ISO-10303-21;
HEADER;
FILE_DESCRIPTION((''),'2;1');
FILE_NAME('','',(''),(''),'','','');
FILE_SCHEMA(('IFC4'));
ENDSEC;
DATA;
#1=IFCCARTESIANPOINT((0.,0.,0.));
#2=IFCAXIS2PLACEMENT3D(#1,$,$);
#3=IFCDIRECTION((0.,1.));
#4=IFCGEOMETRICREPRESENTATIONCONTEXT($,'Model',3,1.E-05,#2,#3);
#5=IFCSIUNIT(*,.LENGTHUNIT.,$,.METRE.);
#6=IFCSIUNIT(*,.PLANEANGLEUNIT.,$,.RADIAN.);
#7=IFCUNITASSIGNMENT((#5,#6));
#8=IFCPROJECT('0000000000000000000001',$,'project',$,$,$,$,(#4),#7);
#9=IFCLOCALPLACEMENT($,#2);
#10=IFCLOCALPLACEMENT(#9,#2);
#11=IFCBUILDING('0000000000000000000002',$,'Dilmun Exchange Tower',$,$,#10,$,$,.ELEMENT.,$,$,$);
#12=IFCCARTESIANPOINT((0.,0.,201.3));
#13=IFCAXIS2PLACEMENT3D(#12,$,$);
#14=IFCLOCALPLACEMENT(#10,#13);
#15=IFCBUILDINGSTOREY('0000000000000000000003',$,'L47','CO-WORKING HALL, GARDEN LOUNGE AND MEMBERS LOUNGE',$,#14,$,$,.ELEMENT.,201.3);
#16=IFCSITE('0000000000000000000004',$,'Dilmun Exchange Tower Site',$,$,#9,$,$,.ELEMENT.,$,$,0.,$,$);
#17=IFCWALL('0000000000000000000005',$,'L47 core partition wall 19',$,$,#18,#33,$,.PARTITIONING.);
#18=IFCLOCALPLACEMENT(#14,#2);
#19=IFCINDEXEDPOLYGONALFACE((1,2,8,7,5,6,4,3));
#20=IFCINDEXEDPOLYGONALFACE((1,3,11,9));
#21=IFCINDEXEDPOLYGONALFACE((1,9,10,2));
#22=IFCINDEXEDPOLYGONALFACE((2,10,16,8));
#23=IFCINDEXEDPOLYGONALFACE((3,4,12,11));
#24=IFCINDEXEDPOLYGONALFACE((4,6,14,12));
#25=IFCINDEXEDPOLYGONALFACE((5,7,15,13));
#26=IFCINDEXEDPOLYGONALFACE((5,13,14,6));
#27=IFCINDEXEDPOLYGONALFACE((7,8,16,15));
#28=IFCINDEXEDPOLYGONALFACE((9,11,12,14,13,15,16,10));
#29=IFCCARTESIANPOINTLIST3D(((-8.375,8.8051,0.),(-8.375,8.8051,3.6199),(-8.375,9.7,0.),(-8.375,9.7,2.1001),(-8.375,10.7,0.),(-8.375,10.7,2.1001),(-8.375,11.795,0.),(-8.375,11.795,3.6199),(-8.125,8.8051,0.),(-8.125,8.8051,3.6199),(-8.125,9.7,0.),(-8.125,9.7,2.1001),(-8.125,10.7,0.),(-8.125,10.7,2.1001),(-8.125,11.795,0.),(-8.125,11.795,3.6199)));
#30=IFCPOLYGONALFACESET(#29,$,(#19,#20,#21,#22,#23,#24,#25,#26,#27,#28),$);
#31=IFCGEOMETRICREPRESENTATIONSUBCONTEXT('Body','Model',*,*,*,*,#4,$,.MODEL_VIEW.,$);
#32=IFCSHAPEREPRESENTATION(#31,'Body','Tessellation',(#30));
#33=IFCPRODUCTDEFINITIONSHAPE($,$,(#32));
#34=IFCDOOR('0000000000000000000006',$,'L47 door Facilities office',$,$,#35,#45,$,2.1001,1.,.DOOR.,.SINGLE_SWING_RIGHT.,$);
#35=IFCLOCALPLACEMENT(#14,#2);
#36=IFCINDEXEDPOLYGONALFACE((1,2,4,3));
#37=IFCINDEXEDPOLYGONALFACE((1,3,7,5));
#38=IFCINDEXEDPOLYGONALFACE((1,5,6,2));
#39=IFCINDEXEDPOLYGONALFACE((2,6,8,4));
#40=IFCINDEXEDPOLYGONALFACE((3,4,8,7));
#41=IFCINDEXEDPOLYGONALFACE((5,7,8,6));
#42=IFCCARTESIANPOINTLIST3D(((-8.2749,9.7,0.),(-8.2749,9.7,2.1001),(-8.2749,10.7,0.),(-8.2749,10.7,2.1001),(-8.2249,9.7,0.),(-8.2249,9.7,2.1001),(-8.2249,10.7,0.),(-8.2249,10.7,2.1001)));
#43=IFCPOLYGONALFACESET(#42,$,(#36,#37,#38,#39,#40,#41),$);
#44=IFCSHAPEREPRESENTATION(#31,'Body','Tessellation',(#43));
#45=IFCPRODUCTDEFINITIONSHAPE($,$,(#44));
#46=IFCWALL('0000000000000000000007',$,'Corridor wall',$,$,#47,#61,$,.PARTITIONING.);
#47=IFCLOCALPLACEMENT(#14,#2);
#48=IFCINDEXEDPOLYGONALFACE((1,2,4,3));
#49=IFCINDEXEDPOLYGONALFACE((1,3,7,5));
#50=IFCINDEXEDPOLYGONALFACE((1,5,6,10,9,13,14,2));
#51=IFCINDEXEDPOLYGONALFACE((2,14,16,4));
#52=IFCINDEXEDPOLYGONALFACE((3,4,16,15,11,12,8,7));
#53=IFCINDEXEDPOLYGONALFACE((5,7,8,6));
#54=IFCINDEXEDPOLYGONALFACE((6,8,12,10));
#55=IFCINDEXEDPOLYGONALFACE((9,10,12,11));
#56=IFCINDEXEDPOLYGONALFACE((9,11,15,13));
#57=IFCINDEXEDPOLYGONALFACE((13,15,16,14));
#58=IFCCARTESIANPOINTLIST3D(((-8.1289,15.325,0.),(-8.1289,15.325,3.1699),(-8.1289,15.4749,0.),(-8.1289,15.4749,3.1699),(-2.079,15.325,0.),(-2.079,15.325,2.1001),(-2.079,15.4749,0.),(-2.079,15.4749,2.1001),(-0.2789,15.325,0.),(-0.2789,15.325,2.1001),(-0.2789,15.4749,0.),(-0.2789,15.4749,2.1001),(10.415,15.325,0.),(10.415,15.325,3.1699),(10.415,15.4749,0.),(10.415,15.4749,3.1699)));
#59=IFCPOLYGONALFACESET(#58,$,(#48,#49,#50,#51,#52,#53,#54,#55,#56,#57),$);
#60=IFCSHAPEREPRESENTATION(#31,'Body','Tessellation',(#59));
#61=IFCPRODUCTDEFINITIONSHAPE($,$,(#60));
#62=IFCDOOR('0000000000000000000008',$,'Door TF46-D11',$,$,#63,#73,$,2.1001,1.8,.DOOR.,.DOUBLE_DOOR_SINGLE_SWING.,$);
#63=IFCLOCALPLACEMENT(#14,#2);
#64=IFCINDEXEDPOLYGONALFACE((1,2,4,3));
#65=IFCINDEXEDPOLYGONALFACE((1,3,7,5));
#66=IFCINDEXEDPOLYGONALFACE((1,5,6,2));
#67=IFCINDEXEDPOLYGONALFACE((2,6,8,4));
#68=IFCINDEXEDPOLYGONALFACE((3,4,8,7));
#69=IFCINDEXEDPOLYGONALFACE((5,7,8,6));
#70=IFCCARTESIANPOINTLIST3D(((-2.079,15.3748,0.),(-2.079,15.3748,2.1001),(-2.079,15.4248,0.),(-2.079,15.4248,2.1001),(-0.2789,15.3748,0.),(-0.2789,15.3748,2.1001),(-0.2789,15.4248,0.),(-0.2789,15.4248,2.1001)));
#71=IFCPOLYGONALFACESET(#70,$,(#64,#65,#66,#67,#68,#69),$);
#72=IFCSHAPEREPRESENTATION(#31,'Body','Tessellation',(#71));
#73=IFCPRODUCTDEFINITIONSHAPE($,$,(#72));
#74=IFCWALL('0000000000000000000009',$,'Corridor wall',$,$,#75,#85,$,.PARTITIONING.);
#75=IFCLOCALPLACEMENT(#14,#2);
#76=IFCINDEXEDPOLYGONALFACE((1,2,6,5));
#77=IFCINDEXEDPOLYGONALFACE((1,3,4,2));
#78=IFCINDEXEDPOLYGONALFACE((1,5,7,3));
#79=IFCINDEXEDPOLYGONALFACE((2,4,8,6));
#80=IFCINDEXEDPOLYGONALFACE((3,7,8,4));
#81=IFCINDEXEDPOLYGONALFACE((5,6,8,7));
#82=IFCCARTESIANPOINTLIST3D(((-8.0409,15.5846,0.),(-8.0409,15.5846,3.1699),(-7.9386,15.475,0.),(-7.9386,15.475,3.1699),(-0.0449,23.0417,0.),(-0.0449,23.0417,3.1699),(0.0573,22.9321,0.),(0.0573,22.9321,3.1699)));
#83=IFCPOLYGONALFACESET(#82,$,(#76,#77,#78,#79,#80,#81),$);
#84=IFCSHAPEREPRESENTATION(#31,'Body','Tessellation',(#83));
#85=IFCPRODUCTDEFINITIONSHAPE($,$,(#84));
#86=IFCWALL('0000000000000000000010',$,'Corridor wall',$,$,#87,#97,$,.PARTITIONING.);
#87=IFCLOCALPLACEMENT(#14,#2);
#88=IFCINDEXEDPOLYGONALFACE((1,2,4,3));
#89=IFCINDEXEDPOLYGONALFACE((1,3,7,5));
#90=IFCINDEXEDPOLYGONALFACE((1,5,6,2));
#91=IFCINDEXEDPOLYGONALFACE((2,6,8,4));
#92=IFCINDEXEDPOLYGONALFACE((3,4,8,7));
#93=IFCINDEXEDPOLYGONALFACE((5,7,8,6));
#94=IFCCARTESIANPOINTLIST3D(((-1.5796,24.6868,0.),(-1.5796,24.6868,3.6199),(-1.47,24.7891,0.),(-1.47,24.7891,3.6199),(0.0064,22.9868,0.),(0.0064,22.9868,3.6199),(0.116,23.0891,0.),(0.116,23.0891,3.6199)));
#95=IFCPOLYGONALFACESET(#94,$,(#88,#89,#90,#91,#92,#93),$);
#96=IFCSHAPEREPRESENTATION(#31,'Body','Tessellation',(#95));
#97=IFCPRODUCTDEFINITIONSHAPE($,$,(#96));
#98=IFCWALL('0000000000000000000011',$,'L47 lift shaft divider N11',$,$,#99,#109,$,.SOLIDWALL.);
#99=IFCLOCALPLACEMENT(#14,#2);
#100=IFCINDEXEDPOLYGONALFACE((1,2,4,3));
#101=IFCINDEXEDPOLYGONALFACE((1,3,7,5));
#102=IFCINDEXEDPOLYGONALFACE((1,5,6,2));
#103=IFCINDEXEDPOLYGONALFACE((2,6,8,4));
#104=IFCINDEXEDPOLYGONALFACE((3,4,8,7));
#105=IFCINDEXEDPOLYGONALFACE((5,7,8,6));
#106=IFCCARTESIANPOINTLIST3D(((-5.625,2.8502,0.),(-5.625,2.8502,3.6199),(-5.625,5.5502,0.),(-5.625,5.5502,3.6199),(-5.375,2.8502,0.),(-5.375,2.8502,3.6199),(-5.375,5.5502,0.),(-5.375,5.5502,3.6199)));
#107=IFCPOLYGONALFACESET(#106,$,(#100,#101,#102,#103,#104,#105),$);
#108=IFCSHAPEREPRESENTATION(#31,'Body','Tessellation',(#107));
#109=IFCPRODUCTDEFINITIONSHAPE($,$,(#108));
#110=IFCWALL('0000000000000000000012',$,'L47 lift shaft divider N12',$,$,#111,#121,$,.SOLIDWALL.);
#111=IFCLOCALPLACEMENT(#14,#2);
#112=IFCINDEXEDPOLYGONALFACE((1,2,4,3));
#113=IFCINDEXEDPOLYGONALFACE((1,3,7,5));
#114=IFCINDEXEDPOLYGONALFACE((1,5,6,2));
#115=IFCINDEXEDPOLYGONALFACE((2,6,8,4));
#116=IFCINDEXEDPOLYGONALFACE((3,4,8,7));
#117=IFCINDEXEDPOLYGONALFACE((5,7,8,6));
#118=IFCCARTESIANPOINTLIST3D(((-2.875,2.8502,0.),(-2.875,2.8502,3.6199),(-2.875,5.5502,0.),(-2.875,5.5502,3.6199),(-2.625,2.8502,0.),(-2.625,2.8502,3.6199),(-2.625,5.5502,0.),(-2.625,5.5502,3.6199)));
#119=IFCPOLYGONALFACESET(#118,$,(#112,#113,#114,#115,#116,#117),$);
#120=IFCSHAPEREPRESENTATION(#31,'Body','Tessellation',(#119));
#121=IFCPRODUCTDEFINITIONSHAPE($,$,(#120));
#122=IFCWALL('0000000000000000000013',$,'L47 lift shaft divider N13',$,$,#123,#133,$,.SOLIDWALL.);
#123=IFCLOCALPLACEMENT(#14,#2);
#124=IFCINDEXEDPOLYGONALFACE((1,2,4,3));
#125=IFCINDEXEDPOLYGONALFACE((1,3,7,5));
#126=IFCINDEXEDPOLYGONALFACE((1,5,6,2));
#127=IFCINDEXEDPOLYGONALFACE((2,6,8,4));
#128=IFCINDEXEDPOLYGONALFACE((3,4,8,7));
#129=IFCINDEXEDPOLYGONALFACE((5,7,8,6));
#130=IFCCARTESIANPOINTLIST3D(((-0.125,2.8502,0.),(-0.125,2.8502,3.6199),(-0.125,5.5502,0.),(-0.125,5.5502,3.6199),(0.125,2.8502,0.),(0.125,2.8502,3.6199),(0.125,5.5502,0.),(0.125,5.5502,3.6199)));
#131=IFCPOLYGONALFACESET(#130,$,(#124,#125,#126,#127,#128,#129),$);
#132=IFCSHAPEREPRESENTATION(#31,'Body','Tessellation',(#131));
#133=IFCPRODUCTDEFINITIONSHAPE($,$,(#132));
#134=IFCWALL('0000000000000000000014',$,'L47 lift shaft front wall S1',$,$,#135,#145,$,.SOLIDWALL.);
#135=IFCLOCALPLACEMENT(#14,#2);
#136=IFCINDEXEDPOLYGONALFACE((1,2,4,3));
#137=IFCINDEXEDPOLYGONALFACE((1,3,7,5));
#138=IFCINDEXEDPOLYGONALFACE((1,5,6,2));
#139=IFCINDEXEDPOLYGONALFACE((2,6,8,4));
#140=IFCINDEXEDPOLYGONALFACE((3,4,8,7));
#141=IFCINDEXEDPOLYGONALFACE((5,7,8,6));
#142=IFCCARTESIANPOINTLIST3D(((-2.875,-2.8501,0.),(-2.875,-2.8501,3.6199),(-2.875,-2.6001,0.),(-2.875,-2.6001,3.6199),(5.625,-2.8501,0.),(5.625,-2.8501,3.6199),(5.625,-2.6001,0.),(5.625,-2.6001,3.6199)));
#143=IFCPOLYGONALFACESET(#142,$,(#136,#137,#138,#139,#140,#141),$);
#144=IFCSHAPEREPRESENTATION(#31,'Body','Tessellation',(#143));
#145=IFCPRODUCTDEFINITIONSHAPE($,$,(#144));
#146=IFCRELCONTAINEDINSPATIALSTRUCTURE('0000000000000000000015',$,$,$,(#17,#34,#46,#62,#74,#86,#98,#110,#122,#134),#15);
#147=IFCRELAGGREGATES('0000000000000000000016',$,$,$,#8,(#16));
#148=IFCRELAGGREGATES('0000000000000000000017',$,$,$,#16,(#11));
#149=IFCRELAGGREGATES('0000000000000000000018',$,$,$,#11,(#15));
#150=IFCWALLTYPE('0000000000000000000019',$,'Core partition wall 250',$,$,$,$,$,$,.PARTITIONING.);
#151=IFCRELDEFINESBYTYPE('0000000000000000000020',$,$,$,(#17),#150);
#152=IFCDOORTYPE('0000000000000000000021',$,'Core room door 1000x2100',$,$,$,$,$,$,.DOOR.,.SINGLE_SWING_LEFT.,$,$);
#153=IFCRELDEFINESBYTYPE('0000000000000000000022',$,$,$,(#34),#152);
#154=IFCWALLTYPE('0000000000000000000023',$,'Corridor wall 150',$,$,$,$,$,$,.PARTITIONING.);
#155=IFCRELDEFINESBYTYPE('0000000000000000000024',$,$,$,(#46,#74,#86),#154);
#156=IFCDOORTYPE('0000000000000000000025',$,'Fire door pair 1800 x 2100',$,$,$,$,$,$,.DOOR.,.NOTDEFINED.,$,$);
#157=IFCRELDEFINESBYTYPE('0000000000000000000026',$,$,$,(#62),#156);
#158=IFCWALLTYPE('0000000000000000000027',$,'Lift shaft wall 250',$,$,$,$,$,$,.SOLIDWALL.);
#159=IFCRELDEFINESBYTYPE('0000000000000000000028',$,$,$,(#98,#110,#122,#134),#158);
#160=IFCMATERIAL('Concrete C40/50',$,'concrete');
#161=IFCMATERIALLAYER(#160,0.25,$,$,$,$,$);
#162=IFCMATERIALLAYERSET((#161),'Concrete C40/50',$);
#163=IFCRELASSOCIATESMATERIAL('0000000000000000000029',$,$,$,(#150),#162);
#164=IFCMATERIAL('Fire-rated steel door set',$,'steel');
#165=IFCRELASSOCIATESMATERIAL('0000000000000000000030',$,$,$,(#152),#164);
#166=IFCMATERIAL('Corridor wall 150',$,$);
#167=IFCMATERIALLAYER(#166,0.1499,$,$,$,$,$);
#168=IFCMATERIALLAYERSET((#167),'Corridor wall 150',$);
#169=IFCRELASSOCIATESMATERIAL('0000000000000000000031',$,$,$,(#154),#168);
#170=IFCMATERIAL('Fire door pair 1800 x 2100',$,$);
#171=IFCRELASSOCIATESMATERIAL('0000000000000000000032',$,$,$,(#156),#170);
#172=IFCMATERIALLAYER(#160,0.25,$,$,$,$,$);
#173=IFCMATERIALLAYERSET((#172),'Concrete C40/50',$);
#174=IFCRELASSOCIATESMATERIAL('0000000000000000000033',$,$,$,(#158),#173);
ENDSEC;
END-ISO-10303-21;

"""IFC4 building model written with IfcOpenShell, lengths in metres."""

from ifc_helpers import new_model, si_unit, direction, frame, frame_2d, origin, place, context, subcontext, project, spatial, rectangle, extrude, material, layer, layer_set, type_object, element, fill, save


model = new_model("IFC4")

# Units and contexts
model_context = context("Model", 3, precision=1e-05, world=origin(), true_north=direction((0.0, 1.0)))
body_context = subcontext(model_context, "Body", "Model", "MODEL_VIEW")
ifc_project = project(units=[si_unit("LENGTHUNIT", "METRE"), si_unit("PLANEANGLEUNIT", "RADIAN")], contexts=[model_context])

# Site, building, storey
site_placement = place(None, origin())
site = spatial("IfcSite", under=ifc_project, at=site_placement, Name="Dilmun Exchange Tower Site", CompositionType="ELEMENT", RefElevation=0.0)
building_placement = place(site_placement, origin())
building = spatial("IfcBuilding", under=site, at=building_placement, Name="Dilmun Exchange Tower", CompositionType="ELEMENT")
storey_placement = place(building_placement, frame((0.0, 0.0, 201.3)))
storey = spatial("IfcBuildingStorey", under=building, at=storey_placement, Name="L47", Description="CO-WORKING HALL, GARDEN LOUNGE AND MEMBERS LOUNGE", CompositionType="ELEMENT", Elevation=201.3)

# Shared definitions
ifc_material_1 = material(Name="Concrete C40/50", Category="concrete")

# Shared definitions
ifc_layer_1 = layer(ifc_material_1, 0.25)
ifc_layer_set_1 = layer_set([ifc_layer_1], Name="Concrete C40/50")
wall_type_1 = type_object("IfcWallType", Name="Core partition wall 250", PredefinedType="PARTITIONING", material=ifc_layer_set_1)

# Walls, openings, doors
wall_1_placement = place(storey_placement, frame((-8.25, 8.8049, 0.0), z_axis=(0.0, 0.0, 1.0), x_axis=(0.0, 1.0, 0.0)))
wall_1 = element("IfcWall", 1, at=wall_1_placement, inside=storey, type_object=wall_type_1, Name="L47 core partition wall 19", PredefinedType="PARTITIONING", context=body_context, shape_type="SweptSolid", body=[
    extrude(rectangle(XDim=2.99, YDim=0.25, at=frame_2d((1.4951, 0.0))), origin(), (0.0, 0.0, 1.0), 3.6199),
])
opening_1_placement = place(wall_1_placement, frame((0.895, 0.0, 0.0)))
opening_1 = element("IfcOpeningElement", 2, at=opening_1_placement, cuts=wall_1, PredefinedType="OPENING", context=body_context, shape_type="SweptSolid", body=[
    extrude(rectangle(XDim=1.0, YDim=2.1001, at=frame_2d((0.5, 1.05))), frame((0.0, 0.135, 0.0), z_axis=(0.0, -1.0, 0.0), x_axis=(1.0, 0.0, 0.0)), (0.0, 0.0, 1.0), 0.27),
])
ifc_material_2 = material(Name="Fire-rated steel door set", Category="steel")
door_type_1 = type_object("IfcDoorType", Name="Core room door 1000x2100", OperationType="SINGLE_SWING_LEFT", PredefinedType="DOOR", material=ifc_material_2)
door_1_placement = place(opening_1_placement, origin())
door_1 = element("IfcDoor", 3, at=door_1_placement, inside=storey, type_object=door_type_1, Name="L47 door Facilities office", OperationType="SINGLE_SWING_RIGHT", OverallHeight=2.1001, OverallWidth=1.0, PredefinedType="DOOR", context=body_context, shape_type="SweptSolid", body=[
    extrude(rectangle(XDim=1.0, YDim=2.1001, at=frame_2d((0.5, 1.05))), frame((0.0, 0.0249, 0.0), z_axis=(0.0, -1.0, 0.0), x_axis=(1.0, 0.0, 0.0)), (0.0, 0.0, 1.0), 0.05),
])
fill(opening_1, door_1)
ifc_material_3 = material(Name="Corridor wall 150")
ifc_layer_2 = layer(ifc_material_3, 0.1499)
ifc_layer_set_2 = layer_set([ifc_layer_2], Name="Corridor wall 150")
wall_type_2 = type_object("IfcWallType", Name="Corridor wall 150", PredefinedType="PARTITIONING", material=ifc_layer_set_2)
wall_2_placement = place(storey_placement, frame((-8.1289, 15.3999, 0.0), z_axis=(0.0, 0.0, 1.0), x_axis=(1.0, 0.0, 0.0)))
wall_2 = element("IfcWall", 4, at=wall_2_placement, inside=storey, type_object=wall_type_2, Name="Corridor wall", PredefinedType="PARTITIONING", context=body_context, shape_type="SweptSolid", body=[
    extrude(rectangle(XDim=18.5439, YDim=0.1499, at=frame_2d((9.272, 0.0))), origin(), (0.0, 0.0, 1.0), 3.1699),
])
opening_2_placement = place(wall_2_placement, frame((6.05, 0.0, 0.0)))
opening_2 = element("IfcOpeningElement", 5, at=opening_2_placement, cuts=wall_2, PredefinedType="OPENING", context=body_context, shape_type="SweptSolid", body=[
    extrude(rectangle(XDim=1.8, YDim=2.1001, at=frame_2d((0.8999, 1.05))), frame((0.0, 0.085, 0.0), z_axis=(0.0, -1.0, 0.0), x_axis=(1.0, 0.0, 0.0)), (0.0, 0.0, 1.0), 0.1699),
])
ifc_material_4 = material(Name="Fire door pair 1800 x 2100")
door_type_2 = type_object("IfcDoorType", Name="Fire door pair 1800 x 2100", OperationType="NOTDEFINED", PredefinedType="DOOR", material=ifc_material_4)
door_2_placement = place(opening_2_placement, origin())
door_2 = element("IfcDoor", 6, at=door_2_placement, inside=storey, type_object=door_type_2, Name="Door TF46-D11", OperationType="DOUBLE_DOOR_SINGLE_SWING", OverallHeight=2.1001, OverallWidth=1.8, PredefinedType="DOOR", context=body_context, shape_type="SweptSolid", body=[
    extrude(rectangle(XDim=1.8, YDim=2.1001, at=frame_2d((0.8999, 1.05))), frame((0.0, 0.0249, 0.0), z_axis=(0.0, -1.0, 0.0), x_axis=(1.0, 0.0, 0.0)), (0.0, 0.0, 1.0), 0.05),
])
fill(opening_2, door_2)

# Walls
wall_3_placement = place(storey_placement, frame((-7.9897, 15.5298, 0.0), z_axis=(0.0, 0.0, 1.0), x_axis=(0.731318, 0.682037, 0.0)))
element("IfcWall", 7, at=wall_3_placement, inside=storey, type_object=wall_type_2, Name="Corridor wall", PredefinedType="PARTITIONING", context=body_context, shape_type="SweptSolid", body=[
    extrude(rectangle(XDim=10.9336, YDim=0.1499, at=frame_2d((5.4668, 0.0))), origin(), (0.0, 0.0, 1.0), 3.1699),
])
wall_4_placement = place(storey_placement, frame((-1.5249, 24.738, 0.0), z_axis=(0.0, 0.0, 1.0), x_axis=(0.682161, -0.731202, 0.0)))
element("IfcWall", 8, at=wall_4_placement, inside=storey, type_object=wall_type_2, Name="Corridor wall", PredefinedType="PARTITIONING", context=body_context, shape_type="SweptSolid", body=[
    extrude(rectangle(XDim=2.325, YDim=0.1499, at=frame_2d((1.1626, 0.0))), origin(), (0.0, 0.0, 1.0), 3.6199),
])
ifc_layer_3 = layer(ifc_material_1, 0.25)
ifc_layer_set_3 = layer_set([ifc_layer_3], Name="Concrete C40/50")
wall_type_3 = type_object("IfcWallType", Name="Lift shaft wall 250", PredefinedType="SOLIDWALL", material=ifc_layer_set_3)
for number, where, z_axis, x_axis, name in (
    (9, (-5.5, 2.8501, 0.0), (0.0, 0.0, 1.0), (0.0, 1.0, 0.0), "L47 lift shaft divider N11"),
    (10, (-2.75, 2.8501, 0.0), (0.0, 0.0, 1.0), (0.0, 1.0, 0.0), "L47 lift shaft divider N12"),
    (11, (0.0, 2.8501, 0.0), (0.0, 0.0, 1.0), (0.0, 1.0, 0.0), "L47 lift shaft divider N13"),
):
    element("IfcWall", number, at=place(storey_placement, frame(where, z_axis=z_axis, x_axis=x_axis)), inside=storey, type_object=wall_type_3, Name=name, PredefinedType="SOLIDWALL", context=body_context, shape_type="SweptSolid", body=[
        extrude(rectangle(XDim=2.7, YDim=0.25, at=frame_2d((1.3501, 0.0))), origin(), (0.0, 0.0, 1.0), 3.6199),
    ])
wall_5_placement = place(storey_placement, frame((-2.875, -2.7251, 0.0), z_axis=(0.0, 0.0, 1.0), x_axis=(1.0, 0.0, 0.0)))
element("IfcWall", 12, at=wall_5_placement, inside=storey, type_object=wall_type_3, Name="L47 lift shaft front wall S1", PredefinedType="SOLIDWALL", context=body_context, shape_type="SweptSolid", body=[
    extrude(rectangle(XDim=8.5, YDim=0.25, at=frame_2d((4.25, 0.0))), origin(), (0.0, 0.0, 1.0), 3.6199),
])

save(model, "model.ifc")
